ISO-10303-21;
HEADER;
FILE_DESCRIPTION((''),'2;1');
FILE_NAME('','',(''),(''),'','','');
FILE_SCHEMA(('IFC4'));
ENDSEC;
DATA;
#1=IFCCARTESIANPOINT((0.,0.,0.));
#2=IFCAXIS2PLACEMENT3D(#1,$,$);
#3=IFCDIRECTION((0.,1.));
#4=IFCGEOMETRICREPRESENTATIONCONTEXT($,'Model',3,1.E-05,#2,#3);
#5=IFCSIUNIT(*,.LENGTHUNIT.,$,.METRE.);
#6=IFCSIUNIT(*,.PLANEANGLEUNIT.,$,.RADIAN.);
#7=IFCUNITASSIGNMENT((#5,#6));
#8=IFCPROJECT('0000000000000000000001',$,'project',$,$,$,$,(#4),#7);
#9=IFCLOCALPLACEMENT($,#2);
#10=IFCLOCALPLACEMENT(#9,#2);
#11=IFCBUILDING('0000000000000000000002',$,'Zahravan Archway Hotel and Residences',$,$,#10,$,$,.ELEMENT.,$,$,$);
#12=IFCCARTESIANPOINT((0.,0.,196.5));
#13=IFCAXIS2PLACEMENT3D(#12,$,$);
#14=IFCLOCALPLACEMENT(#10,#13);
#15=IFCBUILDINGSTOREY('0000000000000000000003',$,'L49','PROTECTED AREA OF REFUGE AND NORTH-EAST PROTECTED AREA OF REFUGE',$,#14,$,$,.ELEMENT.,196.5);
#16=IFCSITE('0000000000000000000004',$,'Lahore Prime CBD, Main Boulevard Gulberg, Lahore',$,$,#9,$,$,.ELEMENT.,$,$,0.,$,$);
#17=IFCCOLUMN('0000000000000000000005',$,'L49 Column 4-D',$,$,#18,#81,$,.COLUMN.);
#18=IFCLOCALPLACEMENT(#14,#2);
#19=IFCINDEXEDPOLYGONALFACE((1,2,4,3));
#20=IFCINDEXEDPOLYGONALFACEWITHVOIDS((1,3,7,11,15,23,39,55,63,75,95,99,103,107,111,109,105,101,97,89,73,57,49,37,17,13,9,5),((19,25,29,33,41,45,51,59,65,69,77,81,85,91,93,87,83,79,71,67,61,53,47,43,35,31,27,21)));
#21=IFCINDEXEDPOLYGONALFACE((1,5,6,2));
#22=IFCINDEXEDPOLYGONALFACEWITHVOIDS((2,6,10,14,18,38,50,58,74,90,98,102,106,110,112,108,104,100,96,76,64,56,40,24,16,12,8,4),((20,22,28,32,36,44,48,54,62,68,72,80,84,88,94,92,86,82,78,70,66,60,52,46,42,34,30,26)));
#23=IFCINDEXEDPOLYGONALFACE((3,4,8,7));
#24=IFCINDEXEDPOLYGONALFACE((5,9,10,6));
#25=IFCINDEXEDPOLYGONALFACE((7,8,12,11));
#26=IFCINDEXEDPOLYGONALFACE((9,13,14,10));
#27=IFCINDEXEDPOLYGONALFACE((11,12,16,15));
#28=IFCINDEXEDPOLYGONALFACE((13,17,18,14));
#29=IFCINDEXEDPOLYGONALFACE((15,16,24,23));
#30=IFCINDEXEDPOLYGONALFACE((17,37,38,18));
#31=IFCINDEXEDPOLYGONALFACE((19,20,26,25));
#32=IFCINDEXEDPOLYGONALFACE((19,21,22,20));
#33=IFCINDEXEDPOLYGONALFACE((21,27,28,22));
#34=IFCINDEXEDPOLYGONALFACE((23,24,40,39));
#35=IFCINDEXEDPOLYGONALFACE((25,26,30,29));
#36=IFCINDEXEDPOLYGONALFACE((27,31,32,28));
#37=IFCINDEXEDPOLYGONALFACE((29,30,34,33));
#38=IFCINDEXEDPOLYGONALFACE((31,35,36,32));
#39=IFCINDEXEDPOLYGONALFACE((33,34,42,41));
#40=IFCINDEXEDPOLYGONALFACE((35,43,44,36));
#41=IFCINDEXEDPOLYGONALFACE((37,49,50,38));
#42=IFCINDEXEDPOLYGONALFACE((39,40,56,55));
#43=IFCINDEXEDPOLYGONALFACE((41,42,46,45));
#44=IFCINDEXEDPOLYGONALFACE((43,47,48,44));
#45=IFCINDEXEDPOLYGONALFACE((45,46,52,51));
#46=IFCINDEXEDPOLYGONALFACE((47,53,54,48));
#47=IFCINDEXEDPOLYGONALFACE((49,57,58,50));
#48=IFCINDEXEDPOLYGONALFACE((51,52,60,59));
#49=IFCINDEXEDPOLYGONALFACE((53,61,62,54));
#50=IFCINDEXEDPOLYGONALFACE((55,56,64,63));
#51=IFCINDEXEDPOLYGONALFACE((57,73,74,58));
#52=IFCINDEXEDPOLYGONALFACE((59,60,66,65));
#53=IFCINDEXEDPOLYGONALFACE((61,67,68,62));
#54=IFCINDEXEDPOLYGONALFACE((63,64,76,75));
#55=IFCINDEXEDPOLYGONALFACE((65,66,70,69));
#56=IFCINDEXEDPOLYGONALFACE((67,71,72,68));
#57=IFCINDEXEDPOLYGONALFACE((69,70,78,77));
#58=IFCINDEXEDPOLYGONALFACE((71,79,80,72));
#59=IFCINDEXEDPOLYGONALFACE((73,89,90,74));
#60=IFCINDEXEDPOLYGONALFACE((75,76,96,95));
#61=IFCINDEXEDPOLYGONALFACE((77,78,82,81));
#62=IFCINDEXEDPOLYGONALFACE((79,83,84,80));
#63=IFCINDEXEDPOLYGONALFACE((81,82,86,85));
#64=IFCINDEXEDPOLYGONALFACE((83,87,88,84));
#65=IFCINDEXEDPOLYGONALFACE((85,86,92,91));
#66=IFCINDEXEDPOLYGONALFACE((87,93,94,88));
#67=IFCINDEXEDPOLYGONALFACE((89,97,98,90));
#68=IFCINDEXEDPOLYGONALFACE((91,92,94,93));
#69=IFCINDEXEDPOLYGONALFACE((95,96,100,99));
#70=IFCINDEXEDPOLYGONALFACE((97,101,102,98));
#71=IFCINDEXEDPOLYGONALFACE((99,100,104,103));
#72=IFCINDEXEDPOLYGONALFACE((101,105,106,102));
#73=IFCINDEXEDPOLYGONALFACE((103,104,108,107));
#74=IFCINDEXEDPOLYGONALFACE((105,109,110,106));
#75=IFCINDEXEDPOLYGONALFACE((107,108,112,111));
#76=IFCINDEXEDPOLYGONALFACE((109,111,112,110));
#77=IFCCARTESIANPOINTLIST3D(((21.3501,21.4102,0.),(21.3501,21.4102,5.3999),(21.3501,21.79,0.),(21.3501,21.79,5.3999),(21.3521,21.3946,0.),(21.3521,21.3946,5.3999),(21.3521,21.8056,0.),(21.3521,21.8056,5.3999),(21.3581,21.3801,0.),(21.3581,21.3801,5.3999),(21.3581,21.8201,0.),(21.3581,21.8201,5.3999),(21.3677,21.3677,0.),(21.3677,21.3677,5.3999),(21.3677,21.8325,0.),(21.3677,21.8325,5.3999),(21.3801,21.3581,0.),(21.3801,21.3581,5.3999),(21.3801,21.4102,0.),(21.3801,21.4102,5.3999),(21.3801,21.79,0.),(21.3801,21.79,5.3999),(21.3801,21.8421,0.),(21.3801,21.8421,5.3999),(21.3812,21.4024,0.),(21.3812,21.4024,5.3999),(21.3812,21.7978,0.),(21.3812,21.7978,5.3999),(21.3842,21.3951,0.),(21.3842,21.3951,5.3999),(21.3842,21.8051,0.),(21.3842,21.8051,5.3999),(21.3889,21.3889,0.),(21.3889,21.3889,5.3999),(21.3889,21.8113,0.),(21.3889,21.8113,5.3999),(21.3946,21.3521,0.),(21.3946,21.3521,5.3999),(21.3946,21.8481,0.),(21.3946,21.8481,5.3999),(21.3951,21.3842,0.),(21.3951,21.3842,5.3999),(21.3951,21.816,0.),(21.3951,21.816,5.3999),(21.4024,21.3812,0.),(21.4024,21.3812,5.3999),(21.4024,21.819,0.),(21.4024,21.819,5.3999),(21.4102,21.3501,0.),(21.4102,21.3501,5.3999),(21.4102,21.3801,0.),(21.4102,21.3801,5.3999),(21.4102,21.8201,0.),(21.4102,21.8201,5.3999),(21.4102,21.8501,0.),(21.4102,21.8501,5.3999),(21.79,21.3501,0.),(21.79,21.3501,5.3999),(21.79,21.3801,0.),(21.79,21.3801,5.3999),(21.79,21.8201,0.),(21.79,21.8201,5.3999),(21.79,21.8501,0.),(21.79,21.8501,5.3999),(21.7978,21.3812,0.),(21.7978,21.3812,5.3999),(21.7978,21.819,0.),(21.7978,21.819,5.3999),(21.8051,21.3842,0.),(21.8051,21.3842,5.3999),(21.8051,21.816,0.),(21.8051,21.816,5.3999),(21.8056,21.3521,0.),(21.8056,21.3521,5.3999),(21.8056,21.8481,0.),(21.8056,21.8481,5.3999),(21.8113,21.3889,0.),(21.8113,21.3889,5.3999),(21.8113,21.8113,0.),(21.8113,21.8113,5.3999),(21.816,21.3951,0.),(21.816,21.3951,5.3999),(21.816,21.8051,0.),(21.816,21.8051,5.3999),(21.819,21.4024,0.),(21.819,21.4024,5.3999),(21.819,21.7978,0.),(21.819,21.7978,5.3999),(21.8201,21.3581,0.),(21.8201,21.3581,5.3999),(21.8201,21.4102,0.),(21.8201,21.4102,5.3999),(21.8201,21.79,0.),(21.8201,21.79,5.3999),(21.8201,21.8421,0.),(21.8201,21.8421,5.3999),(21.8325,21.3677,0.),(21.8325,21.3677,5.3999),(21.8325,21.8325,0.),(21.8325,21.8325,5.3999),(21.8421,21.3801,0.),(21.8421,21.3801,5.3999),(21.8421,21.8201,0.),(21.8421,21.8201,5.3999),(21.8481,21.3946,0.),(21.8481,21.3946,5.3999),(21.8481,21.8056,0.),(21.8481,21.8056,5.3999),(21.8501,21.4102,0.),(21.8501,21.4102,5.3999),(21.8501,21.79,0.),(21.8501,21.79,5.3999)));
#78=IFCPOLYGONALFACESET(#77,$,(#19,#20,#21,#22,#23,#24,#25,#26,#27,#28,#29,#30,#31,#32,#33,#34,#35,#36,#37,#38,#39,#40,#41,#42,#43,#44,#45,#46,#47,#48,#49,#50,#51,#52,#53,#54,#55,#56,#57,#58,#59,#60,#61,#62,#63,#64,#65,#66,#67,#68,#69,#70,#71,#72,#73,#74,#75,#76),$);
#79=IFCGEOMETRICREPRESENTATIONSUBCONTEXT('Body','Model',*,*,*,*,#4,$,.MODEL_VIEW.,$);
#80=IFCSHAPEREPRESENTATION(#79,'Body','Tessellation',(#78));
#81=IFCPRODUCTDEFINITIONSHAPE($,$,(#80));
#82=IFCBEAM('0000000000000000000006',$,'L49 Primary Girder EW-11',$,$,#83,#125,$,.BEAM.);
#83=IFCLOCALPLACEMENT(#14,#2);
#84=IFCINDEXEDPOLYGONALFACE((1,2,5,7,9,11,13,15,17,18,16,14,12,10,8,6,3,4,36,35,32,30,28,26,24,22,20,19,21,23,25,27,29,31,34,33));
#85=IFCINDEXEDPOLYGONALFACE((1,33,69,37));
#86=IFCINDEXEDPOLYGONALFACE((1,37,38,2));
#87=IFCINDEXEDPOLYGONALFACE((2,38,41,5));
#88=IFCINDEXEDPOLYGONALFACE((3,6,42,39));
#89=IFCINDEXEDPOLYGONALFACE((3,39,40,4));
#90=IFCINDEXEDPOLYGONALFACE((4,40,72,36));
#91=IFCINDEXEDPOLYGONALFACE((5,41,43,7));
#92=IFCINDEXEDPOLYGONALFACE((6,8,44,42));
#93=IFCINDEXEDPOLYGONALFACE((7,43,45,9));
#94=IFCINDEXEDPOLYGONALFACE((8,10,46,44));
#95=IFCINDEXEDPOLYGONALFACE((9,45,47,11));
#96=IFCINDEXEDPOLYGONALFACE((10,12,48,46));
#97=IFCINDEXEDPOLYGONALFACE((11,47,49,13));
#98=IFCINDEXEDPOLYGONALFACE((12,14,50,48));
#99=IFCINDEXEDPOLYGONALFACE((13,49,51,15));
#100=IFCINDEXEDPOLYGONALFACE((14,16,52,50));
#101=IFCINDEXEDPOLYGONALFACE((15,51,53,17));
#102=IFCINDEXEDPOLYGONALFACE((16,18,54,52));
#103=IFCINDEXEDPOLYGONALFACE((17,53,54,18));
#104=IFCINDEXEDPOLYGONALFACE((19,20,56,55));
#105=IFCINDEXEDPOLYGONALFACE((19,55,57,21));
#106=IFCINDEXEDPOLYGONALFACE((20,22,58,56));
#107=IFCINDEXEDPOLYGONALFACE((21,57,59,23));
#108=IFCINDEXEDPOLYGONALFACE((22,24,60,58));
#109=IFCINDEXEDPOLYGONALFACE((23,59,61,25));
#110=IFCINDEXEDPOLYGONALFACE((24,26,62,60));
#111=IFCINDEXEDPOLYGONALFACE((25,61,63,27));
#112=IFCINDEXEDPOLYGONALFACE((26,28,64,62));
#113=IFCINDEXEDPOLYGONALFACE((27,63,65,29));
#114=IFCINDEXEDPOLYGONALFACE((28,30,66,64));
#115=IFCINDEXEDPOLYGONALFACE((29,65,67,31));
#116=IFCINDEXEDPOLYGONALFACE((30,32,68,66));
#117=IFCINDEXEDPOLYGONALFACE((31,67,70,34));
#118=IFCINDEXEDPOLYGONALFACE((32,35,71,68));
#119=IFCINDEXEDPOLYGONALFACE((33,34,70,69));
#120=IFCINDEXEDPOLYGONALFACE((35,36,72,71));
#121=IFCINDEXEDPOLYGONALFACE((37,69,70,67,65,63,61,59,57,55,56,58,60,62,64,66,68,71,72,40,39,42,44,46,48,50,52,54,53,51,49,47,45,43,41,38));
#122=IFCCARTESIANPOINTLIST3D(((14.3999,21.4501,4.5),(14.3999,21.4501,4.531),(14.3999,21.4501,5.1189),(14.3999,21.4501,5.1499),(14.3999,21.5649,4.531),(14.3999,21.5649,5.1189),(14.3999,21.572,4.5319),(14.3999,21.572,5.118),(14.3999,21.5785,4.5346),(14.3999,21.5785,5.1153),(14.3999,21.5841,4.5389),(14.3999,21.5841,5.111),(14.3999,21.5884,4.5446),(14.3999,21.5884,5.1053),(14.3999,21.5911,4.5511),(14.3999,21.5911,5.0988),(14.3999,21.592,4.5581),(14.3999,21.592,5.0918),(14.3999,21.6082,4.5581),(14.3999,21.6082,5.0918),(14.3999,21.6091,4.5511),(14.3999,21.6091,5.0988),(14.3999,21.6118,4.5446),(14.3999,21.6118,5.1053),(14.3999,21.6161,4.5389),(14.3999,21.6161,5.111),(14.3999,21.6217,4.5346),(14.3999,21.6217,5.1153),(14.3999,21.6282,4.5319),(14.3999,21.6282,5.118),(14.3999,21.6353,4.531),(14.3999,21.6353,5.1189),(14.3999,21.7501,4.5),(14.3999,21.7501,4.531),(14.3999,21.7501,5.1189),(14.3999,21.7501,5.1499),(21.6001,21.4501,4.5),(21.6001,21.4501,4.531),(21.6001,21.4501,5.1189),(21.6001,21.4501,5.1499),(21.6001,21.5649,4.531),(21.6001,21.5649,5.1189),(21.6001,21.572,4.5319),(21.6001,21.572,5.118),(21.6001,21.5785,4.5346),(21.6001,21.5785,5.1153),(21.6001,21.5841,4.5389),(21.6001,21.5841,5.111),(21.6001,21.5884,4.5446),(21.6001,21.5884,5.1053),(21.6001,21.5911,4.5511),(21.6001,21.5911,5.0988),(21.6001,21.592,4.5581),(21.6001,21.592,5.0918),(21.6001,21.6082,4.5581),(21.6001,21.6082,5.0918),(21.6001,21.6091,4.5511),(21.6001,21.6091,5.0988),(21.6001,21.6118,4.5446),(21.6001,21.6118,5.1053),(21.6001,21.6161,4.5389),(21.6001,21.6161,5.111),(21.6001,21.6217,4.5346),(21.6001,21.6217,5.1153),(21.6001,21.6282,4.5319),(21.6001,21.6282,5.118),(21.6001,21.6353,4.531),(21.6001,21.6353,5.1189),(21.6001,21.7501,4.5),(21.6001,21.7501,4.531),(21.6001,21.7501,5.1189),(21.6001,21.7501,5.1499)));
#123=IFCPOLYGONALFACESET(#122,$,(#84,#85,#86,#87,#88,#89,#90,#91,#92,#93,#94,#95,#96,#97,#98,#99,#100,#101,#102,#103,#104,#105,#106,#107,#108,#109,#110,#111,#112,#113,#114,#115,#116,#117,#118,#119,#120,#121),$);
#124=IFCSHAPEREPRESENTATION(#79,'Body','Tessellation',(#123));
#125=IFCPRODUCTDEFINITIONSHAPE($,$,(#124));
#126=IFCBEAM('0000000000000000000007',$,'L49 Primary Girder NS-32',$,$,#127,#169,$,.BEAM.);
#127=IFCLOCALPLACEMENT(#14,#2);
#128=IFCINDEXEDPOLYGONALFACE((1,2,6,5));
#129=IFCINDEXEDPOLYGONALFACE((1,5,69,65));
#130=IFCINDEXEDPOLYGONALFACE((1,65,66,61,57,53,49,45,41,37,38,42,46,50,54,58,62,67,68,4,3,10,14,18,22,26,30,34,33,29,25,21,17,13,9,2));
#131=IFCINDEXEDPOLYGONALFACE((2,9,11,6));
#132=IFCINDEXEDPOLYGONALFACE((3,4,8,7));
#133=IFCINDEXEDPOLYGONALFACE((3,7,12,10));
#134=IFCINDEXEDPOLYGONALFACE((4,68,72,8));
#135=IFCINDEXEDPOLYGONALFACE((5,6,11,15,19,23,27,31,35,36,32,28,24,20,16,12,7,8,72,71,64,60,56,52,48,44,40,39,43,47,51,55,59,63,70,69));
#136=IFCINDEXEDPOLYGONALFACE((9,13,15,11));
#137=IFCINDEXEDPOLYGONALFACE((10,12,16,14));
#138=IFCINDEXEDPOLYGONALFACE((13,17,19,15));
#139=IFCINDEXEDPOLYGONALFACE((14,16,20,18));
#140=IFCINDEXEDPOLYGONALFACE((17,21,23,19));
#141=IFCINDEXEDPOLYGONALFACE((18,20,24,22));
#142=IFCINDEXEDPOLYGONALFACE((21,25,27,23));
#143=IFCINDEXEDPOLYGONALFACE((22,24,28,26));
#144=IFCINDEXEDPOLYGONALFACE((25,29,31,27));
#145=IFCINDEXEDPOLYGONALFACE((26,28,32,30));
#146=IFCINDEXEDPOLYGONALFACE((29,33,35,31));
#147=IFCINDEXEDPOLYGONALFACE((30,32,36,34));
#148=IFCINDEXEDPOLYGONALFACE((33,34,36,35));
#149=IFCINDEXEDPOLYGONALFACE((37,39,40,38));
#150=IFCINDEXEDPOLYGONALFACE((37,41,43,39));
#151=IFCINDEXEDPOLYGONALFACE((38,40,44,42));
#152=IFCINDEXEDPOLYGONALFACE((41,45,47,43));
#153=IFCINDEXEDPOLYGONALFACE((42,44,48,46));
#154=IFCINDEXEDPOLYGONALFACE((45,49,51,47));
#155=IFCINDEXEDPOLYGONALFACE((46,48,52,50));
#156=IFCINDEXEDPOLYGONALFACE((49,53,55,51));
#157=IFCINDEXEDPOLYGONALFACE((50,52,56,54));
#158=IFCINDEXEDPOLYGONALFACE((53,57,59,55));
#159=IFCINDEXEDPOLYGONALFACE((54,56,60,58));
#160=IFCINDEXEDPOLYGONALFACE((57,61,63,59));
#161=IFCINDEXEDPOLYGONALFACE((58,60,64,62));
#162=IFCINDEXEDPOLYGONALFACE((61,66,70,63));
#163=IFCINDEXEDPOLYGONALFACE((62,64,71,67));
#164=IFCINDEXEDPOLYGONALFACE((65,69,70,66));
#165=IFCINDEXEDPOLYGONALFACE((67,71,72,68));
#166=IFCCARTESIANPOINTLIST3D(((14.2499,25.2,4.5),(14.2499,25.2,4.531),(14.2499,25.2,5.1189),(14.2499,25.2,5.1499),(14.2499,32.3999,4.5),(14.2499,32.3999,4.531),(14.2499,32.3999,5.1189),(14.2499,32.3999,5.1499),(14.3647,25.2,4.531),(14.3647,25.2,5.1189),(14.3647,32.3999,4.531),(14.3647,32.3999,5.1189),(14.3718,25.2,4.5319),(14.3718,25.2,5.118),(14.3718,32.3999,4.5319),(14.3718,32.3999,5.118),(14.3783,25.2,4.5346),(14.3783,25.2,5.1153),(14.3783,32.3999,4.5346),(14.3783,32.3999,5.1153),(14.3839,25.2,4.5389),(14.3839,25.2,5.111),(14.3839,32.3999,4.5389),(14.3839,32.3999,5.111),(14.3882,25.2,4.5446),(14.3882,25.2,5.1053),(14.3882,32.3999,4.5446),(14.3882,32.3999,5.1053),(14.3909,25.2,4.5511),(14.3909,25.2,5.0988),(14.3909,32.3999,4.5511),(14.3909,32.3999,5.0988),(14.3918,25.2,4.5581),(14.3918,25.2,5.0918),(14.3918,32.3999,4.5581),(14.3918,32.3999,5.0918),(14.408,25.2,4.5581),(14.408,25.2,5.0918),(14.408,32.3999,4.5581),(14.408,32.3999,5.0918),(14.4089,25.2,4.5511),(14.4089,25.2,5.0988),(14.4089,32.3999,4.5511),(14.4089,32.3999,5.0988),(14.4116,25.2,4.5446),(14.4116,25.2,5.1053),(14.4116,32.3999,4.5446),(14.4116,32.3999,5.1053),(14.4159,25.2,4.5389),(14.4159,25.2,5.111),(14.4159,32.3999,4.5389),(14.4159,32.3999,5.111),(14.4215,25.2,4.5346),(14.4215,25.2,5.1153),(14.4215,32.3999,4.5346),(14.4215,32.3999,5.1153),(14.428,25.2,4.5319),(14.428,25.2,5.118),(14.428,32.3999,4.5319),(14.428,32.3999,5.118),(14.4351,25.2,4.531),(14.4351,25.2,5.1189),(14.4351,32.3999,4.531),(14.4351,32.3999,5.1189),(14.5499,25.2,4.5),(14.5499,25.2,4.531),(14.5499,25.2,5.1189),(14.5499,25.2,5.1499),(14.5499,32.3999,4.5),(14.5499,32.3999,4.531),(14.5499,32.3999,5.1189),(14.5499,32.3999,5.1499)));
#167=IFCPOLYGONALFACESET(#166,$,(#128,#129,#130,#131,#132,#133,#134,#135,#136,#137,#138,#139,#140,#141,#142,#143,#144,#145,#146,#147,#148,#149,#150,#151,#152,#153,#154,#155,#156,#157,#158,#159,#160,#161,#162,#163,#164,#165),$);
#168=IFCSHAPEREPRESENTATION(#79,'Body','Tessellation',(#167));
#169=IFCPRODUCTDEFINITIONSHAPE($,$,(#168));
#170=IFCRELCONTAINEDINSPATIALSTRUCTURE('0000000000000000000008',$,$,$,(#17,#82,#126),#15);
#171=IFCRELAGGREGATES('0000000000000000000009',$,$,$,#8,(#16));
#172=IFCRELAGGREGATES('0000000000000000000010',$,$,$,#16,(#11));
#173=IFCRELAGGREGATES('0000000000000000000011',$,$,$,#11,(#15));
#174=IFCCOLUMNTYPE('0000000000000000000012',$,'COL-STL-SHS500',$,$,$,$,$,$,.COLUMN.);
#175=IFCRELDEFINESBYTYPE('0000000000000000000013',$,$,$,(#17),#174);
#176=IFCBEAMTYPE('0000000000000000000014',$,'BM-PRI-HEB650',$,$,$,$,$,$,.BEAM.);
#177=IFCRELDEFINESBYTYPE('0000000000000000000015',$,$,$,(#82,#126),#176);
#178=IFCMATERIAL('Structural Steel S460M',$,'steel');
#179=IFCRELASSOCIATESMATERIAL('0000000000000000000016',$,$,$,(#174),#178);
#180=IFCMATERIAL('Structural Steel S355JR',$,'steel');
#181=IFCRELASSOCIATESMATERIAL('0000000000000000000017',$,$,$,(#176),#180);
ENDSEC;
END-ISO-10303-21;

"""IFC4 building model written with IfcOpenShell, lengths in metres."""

from ifc_helpers import new_model, si_unit, direction, frame, origin, origin_2d, place, context, subcontext, project, spatial, hollow_rectangle, i_section, extrude, source, transform, mapped, material, material_profile, profile_set, type_object, type_shapes, element, save


model = new_model("IFC4")

# Units and contexts
model_context = context("Model", 3, precision=1e-05, world=origin(), true_north=direction((0.0, 1.0)))
body_context = subcontext(model_context, "Body", "Model", "MODEL_VIEW")
ifc_project = project(units=[si_unit("LENGTHUNIT", "METRE"), si_unit("PLANEANGLEUNIT", "RADIAN")], contexts=[model_context])

# Site, building, storey
site_placement = place(None, origin())
site = spatial("IfcSite", under=ifc_project, at=site_placement, Name="Lahore Prime CBD, Main Boulevard Gulberg, Lahore", CompositionType="ELEMENT", RefElevation=0.0)
building_placement = place(site_placement, origin())
building = spatial("IfcBuilding", under=site, at=building_placement, Name="Zahravan Archway Hotel and Residences", CompositionType="ELEMENT")
storey_placement = place(building_placement, frame((0.0, 0.0, 196.5)))
storey = spatial("IfcBuildingStorey", under=building, at=storey_placement, Name="L49", Description="PROTECTED AREA OF REFUGE AND NORTH-EAST PROTECTED AREA OF REFUGE", CompositionType="ELEMENT", Elevation=196.5)

# Column
ifc_material_1 = material(Name="Structural Steel S460M", Category="steel")
ifc_material_profile_1 = material_profile(ifc_material_1, hollow_rectangle(XDim=0.5, YDim=0.5, WallThickness=0.03, InnerFilletRadius=0.03, OuterFilletRadius=0.0601, at=origin_2d()), Name="SHS 500x500x30", Category="steel")
ifc_profile_set_1 = profile_set([ifc_material_profile_1], Name="Structural Steel S460M")
column_type = type_object("IfcColumnType", Name="COL-STL-SHS500", PredefinedType="COLUMN", material=ifc_profile_set_1)
shared_shape_1 = source(origin(), body_context, "Body", "SweptSolid", [
    extrude(hollow_rectangle(XDim=0.5, YDim=0.5, WallThickness=0.03, InnerFilletRadius=0.03, OuterFilletRadius=0.0601, at=origin_2d()), origin(), (0.0, 0.0, 1.0), 5.3999),
])
type_shapes(column_type, [shared_shape_1])
for number, where, z_axis, x_axis, name in (
    (1, (21.6001, 21.6001, 0.0), (0.0, 0.0, 1.0), (1.0, 0.0, 0.0), "L49 Column 4-D"),
):
    element("IfcColumn", number, at=place(storey_placement, frame(where, z_axis=z_axis, x_axis=x_axis)), inside=storey, type_object=column_type, Name=name, PredefinedType="COLUMN", context=body_context, shape_type="MappedRepresentation", body=[
        mapped(shared_shape_1, transform((0.0, 0.0, 0.0), scale=1.0)),
    ])

# Beams
ifc_material_2 = material(Name="Structural Steel S355JR", Category="steel")
ifc_material_profile_2 = material_profile(ifc_material_2, i_section(OverallWidth=0.3, OverallDepth=0.6499, WebThickness=0.0161, FlangeThickness=0.031, FilletRadius=0.0271, at=origin_2d()), Name="HEB 650", Category="steel")
ifc_profile_set_2 = profile_set([ifc_material_profile_2], Name="Structural Steel S355JR")
beam_type_1 = type_object("IfcBeamType", Name="BM-PRI-HEB650", PredefinedType="BEAM", material=ifc_profile_set_2)
shared_shape_2 = source(origin(), body_context, "Body", "SweptSolid", [
    extrude(i_section(OverallWidth=0.3, OverallDepth=0.6499, WebThickness=0.0161, FlangeThickness=0.031, FilletRadius=0.0271, at=origin_2d()), origin(), (0.0, 0.0, 1.0), 7.2002),
])
type_shapes(beam_type_1, [shared_shape_2])
beam_1_placement = place(storey_placement, frame((14.3999, 21.6001, 4.825), z_axis=(1.0, 0.0, 0.0), x_axis=(0.0, 1.0, 0.0)))
element("IfcBeam", 2, at=beam_1_placement, inside=storey, type_object=beam_type_1, Name="L49 Primary Girder EW-11", PredefinedType="BEAM", context=body_context, shape_type="MappedRepresentation", body=[
    mapped(shared_shape_2, transform((0.0, 0.0, 0.0), scale=1.0)),
])
shared_shape_3 = source(origin(), body_context, "Body", "SweptSolid", [
    extrude(i_section(OverallWidth=0.3, OverallDepth=0.6499, WebThickness=0.0161, FlangeThickness=0.031, FilletRadius=0.0271, at=origin_2d()), origin(), (0.0, 0.0, 1.0), 7.2),
])
beam_2_placement = place(storey_placement, frame((14.3999, 25.2, 4.825), z_axis=(0.0, 1.0, 0.0), x_axis=(-1.0, 0.0, 0.0)))
element("IfcBeam", 3, at=beam_2_placement, inside=storey, type_object=beam_type_1, Name="L49 Primary Girder NS-32", PredefinedType="BEAM", context=body_context, shape_type="MappedRepresentation", body=[
    mapped(shared_shape_3, transform((0.0, 0.0, 0.0), scale=1.0)),
])

save(model, "model.ifc")
